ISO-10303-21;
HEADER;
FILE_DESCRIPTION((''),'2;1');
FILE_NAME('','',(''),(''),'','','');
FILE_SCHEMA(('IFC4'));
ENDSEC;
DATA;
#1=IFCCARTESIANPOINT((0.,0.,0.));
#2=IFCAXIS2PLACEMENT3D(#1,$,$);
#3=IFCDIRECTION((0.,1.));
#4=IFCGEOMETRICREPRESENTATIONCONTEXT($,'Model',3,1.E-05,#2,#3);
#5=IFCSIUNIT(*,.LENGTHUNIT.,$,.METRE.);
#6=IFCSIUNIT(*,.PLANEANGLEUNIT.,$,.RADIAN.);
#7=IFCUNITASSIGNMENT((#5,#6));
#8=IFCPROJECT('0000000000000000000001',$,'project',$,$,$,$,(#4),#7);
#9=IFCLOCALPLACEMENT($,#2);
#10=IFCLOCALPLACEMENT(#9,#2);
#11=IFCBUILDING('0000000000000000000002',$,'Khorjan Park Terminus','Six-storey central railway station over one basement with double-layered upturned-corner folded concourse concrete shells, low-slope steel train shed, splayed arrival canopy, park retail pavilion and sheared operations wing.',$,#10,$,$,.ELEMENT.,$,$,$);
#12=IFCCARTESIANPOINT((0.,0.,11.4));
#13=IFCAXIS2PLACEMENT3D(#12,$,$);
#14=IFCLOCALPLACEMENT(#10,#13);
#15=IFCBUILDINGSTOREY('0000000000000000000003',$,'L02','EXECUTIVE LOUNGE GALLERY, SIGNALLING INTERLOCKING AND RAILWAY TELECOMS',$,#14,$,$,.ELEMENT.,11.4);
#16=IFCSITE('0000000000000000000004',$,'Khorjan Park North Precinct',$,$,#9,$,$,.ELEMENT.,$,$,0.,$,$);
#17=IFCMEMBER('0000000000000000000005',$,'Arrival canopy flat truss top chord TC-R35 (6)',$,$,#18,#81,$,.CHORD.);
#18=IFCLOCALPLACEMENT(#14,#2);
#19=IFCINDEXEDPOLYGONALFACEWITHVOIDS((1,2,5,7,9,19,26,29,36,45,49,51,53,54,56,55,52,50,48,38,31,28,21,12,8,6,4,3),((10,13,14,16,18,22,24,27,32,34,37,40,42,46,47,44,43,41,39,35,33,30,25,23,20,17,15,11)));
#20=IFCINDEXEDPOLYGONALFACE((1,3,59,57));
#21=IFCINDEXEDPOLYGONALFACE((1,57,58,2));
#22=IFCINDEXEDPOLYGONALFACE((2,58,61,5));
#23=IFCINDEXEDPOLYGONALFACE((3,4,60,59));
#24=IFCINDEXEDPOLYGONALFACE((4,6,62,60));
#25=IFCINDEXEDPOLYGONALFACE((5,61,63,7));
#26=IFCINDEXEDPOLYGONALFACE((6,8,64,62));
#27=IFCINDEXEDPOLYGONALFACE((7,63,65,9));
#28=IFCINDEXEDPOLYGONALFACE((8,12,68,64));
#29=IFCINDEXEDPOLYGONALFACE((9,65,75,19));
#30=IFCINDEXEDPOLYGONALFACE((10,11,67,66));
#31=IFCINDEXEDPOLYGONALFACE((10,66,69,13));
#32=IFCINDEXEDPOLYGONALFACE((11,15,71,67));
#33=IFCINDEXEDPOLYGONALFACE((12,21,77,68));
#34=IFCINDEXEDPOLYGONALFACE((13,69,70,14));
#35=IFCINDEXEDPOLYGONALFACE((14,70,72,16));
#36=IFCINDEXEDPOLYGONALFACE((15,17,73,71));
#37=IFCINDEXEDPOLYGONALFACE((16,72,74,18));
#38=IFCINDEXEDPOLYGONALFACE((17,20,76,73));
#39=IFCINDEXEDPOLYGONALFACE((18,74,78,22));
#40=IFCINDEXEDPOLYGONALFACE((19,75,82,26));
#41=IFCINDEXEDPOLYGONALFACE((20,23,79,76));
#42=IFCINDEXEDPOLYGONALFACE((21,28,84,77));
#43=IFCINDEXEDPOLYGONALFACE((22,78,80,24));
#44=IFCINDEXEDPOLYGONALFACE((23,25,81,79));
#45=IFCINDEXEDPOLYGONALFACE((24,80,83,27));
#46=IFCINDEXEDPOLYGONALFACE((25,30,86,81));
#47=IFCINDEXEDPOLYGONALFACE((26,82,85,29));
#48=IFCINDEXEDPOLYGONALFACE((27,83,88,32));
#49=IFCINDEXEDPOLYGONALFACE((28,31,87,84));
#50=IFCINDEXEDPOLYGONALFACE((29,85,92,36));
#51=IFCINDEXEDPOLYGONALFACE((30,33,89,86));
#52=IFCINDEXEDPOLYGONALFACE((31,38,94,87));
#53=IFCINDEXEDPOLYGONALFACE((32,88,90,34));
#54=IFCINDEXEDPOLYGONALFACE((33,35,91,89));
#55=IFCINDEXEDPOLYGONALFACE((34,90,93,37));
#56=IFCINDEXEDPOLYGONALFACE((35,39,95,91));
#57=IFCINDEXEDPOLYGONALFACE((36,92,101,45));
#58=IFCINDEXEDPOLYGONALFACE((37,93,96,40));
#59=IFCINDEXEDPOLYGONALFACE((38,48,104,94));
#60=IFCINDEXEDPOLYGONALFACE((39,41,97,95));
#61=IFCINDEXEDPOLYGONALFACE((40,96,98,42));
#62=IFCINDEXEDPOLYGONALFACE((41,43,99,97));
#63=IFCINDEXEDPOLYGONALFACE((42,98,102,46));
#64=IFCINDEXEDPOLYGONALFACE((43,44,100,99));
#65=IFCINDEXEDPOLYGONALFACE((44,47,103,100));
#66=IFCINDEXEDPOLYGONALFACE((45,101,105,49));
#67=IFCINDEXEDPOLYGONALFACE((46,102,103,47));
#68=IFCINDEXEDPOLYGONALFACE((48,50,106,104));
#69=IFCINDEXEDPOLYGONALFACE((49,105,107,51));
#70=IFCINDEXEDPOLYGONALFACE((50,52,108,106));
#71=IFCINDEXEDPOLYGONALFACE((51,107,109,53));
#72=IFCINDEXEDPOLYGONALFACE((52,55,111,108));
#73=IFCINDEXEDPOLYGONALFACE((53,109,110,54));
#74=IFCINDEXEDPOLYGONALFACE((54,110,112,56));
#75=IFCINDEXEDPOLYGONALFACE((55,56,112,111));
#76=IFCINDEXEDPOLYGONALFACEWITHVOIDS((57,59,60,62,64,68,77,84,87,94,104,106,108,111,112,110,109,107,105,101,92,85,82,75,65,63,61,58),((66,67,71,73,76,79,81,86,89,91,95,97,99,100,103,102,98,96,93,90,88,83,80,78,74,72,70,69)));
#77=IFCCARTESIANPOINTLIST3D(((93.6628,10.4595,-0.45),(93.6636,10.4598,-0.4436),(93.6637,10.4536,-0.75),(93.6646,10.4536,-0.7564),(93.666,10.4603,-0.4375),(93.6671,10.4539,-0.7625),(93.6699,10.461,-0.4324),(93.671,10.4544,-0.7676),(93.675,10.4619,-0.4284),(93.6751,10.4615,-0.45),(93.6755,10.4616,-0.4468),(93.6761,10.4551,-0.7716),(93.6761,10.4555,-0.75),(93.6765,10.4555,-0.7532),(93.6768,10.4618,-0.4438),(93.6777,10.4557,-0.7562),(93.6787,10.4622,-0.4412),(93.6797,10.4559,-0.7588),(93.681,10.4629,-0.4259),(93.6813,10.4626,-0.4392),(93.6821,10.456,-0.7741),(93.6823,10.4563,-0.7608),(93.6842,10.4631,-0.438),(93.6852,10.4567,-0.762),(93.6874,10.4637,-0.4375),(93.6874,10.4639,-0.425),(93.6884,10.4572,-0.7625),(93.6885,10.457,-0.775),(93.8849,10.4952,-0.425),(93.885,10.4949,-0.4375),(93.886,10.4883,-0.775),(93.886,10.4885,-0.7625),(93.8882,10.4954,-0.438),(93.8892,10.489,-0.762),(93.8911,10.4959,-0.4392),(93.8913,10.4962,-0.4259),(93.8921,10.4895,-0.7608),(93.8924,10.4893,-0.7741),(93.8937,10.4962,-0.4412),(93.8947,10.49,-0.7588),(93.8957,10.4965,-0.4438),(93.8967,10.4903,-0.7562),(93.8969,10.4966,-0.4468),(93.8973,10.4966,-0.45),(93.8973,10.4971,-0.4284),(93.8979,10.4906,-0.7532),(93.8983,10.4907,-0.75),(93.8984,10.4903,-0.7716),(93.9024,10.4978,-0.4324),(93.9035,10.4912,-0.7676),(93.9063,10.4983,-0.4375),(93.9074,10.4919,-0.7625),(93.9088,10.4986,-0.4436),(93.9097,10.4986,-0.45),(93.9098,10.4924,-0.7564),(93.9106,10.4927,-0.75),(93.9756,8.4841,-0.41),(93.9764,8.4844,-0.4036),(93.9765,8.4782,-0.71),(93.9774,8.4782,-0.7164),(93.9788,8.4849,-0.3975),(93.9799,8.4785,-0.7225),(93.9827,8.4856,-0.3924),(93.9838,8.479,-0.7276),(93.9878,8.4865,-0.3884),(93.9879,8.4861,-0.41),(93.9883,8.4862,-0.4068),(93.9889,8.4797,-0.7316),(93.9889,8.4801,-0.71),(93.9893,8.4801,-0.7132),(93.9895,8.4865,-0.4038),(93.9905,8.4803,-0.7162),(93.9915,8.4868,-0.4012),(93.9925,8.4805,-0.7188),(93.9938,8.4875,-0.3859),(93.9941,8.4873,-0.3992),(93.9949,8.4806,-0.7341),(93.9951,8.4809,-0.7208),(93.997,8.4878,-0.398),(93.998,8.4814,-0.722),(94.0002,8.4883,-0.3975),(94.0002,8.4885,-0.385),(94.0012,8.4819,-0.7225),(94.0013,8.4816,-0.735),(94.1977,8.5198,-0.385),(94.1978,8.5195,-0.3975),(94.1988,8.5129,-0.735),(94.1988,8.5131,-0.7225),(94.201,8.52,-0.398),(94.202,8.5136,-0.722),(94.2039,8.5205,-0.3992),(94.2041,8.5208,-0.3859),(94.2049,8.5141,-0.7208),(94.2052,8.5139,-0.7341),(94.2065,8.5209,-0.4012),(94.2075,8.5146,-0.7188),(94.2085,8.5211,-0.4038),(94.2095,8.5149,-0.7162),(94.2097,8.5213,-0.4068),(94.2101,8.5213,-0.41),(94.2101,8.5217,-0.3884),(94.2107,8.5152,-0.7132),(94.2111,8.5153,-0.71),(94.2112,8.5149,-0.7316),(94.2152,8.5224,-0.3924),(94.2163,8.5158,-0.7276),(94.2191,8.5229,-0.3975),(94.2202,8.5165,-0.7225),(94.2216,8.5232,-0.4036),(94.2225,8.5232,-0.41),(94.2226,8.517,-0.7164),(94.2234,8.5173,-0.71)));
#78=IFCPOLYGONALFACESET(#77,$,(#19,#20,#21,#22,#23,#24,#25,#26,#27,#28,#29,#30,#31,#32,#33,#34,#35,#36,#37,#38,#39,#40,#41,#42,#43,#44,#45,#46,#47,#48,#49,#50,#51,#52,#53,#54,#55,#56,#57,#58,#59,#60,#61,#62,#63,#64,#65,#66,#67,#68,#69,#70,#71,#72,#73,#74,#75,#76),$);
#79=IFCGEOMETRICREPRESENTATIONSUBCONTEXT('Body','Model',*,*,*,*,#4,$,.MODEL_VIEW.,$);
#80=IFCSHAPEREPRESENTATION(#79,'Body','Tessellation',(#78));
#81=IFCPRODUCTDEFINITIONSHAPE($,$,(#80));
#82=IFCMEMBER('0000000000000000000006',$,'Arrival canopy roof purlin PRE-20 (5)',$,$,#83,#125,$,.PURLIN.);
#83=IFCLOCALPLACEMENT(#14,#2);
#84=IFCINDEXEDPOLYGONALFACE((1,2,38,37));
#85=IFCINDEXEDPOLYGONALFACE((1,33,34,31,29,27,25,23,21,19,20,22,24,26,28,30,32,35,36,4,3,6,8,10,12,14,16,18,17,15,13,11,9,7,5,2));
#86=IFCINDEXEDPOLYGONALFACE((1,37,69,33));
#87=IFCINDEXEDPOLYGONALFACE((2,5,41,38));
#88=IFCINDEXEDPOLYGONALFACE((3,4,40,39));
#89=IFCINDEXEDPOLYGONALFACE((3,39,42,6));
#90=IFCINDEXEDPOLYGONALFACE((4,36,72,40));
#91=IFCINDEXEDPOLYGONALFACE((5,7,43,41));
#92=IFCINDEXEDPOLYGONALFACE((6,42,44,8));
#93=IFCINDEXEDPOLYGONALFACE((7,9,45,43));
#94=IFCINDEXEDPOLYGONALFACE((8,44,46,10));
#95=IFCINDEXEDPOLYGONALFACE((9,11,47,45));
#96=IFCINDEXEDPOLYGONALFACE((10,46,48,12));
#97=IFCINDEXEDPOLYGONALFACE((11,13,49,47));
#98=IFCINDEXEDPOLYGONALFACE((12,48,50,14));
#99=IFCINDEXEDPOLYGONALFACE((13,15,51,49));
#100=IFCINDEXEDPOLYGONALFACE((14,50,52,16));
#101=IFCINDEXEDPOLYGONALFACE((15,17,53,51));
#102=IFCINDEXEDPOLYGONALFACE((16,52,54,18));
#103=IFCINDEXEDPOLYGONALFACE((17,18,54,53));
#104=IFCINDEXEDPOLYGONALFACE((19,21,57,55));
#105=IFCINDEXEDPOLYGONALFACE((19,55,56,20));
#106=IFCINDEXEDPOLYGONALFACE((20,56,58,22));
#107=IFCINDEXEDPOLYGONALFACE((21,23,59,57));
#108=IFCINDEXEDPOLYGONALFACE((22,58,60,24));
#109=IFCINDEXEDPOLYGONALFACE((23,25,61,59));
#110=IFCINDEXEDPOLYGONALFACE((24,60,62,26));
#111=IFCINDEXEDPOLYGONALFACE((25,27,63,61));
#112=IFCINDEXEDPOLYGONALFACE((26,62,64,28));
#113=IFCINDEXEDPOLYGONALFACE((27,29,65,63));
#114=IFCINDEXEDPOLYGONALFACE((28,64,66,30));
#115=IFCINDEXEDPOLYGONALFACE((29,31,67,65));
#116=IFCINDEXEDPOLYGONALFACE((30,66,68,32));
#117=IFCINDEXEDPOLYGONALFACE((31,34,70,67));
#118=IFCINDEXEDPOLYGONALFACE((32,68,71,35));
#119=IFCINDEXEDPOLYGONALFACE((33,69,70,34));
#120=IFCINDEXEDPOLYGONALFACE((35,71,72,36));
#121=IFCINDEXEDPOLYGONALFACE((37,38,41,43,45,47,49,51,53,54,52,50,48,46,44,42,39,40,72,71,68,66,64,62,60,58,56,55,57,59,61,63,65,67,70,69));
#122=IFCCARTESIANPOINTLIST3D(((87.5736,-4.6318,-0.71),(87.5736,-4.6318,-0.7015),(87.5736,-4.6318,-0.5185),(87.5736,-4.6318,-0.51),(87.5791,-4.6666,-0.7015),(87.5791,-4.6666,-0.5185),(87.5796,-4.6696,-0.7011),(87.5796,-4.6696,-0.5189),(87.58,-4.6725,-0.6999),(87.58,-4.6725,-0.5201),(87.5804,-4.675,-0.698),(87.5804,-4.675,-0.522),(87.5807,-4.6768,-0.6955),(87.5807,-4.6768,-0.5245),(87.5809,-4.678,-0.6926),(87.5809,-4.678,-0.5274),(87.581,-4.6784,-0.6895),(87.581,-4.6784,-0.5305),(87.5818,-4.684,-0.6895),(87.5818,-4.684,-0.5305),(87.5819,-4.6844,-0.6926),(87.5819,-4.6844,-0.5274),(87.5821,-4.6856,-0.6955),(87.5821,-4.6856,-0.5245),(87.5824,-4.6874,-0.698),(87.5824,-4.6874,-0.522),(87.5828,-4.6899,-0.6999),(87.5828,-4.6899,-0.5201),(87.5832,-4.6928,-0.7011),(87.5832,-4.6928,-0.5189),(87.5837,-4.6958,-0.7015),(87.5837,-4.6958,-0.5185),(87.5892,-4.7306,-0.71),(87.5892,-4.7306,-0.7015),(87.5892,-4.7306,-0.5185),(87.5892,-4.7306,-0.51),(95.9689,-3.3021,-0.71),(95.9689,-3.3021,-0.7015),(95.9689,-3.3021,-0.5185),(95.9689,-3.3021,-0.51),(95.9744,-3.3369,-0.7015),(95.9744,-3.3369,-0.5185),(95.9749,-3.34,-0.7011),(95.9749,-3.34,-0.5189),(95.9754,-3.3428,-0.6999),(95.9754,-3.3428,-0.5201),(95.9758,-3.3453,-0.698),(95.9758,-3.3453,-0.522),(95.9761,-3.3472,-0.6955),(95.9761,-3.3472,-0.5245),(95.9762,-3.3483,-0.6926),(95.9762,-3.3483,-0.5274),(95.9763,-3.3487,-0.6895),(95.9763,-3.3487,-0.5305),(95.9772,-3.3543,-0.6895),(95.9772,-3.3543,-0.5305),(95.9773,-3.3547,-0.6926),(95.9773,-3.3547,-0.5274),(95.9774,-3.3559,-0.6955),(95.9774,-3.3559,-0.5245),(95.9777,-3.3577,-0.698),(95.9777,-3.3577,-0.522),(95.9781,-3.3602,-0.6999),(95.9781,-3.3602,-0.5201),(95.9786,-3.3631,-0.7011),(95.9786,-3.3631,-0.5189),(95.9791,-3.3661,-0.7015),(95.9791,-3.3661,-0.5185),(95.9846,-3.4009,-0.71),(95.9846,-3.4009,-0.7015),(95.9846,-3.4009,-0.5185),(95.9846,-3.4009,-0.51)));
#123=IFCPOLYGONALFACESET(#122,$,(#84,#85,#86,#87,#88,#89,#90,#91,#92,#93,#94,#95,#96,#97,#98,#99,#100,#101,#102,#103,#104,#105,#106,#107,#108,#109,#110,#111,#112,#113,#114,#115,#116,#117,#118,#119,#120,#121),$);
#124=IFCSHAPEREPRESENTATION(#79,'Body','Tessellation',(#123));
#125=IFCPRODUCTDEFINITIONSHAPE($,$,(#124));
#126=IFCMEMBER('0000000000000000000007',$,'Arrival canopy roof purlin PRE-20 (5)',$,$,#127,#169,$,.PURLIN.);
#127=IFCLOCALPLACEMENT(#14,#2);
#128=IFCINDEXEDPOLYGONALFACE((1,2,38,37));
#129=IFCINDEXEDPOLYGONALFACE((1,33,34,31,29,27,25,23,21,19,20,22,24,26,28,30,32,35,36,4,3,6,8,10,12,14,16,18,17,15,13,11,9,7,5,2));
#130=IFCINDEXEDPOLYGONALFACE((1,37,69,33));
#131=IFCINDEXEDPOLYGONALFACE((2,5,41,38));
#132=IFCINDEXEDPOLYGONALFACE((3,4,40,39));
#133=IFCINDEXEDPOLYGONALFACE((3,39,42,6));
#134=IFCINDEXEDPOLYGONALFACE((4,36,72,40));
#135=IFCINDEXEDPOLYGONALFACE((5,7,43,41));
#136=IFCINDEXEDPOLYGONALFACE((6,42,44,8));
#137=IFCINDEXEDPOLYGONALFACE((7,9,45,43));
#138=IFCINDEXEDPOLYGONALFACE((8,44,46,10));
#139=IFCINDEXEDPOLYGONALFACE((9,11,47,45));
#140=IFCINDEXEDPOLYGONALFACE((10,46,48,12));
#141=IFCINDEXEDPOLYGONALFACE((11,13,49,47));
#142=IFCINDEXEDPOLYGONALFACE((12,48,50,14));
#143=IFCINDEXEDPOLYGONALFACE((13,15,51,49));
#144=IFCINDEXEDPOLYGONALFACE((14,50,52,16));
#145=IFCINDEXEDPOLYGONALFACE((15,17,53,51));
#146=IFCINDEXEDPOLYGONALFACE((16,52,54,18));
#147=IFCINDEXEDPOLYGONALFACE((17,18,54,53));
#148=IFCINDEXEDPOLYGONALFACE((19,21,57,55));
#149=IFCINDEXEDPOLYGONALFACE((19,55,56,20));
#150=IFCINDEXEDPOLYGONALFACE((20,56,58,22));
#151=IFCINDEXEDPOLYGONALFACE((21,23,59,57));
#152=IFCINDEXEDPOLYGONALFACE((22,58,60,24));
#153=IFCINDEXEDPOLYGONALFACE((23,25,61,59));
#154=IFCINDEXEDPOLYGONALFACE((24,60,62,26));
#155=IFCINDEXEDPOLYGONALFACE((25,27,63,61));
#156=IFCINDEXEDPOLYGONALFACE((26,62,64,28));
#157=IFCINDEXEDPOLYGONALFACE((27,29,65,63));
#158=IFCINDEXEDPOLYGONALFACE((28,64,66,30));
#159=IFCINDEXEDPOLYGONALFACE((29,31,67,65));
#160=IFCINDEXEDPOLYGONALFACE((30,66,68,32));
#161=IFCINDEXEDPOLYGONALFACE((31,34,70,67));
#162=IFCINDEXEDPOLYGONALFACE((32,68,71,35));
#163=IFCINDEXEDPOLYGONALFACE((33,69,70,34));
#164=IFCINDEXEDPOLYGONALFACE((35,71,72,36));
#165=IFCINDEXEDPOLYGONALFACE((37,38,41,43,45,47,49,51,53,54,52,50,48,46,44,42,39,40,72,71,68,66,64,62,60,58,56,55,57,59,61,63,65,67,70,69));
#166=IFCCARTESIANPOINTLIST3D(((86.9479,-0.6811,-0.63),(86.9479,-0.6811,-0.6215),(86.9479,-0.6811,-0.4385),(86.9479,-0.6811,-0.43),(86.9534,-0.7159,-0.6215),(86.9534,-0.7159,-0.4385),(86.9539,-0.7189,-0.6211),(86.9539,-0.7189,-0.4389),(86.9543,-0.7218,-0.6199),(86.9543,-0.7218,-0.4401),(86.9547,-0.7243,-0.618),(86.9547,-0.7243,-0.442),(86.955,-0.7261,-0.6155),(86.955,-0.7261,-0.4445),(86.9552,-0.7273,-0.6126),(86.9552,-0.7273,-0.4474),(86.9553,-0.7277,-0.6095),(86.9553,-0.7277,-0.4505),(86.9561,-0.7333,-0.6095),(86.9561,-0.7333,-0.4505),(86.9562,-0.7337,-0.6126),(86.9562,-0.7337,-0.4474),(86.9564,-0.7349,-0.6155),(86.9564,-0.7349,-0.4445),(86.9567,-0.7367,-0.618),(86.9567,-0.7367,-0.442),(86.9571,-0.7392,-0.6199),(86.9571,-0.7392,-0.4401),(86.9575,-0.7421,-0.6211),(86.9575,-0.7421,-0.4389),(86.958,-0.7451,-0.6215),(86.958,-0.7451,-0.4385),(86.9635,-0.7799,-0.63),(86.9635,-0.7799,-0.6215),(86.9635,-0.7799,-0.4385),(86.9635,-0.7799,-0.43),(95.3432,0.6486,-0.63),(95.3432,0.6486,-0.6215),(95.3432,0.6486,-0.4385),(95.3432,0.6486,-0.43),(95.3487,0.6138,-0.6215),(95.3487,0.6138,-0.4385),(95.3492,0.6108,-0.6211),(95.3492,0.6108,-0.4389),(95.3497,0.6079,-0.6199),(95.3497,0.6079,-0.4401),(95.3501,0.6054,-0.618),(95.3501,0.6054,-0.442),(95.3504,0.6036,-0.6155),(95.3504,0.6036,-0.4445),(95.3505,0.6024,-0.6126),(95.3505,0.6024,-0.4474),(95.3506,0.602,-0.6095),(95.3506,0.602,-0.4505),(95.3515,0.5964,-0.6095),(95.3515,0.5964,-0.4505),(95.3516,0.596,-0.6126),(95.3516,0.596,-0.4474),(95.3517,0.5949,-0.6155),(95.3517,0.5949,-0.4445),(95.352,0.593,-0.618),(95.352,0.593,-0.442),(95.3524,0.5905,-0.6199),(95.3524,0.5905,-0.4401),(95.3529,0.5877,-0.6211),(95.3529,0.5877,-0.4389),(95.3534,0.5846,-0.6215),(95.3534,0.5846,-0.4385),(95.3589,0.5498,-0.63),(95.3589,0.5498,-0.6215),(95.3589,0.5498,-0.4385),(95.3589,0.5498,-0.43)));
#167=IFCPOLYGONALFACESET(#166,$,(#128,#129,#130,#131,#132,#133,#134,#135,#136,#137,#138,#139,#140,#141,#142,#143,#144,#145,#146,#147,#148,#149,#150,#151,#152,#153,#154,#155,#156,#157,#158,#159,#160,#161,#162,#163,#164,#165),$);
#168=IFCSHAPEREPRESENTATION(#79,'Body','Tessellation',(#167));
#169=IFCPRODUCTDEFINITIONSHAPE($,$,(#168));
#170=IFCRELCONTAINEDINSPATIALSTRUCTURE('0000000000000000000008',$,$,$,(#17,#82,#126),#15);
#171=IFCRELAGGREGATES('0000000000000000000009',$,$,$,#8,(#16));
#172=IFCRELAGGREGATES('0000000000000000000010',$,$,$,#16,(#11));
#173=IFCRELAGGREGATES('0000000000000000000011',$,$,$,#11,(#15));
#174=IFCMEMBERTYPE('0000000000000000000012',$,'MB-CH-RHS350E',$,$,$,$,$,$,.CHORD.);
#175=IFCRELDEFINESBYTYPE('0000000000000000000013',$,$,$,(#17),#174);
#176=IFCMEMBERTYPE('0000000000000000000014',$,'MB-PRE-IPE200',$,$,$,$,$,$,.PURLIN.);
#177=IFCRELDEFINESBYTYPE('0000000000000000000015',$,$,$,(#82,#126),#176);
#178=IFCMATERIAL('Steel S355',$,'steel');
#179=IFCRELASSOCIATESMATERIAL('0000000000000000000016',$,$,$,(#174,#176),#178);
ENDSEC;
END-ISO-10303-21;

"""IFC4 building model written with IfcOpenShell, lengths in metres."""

from ifc_helpers import new_model, si_unit, direction, frame, origin, origin_2d, place, context, subcontext, project, spatial, hollow_rectangle, i_section, extrude, material, material_profile, profile_set, type_object, element, save


model = new_model("IFC4")

# Units and contexts
model_context = context("Model", 3, precision=1e-05, world=origin(), true_north=direction((0.0, 1.0)))
body_context = subcontext(model_context, "Body", "Model", "MODEL_VIEW")
ifc_project = project(units=[si_unit("LENGTHUNIT", "METRE"), si_unit("PLANEANGLEUNIT", "RADIAN")], contexts=[model_context])

# Site, building, storey
site_placement = place(None, origin())
site = spatial("IfcSite", under=ifc_project, at=site_placement, Name="Khorjan Park North Precinct", CompositionType="ELEMENT", RefElevation=0.0)
building_placement = place(site_placement, origin())
building = spatial("IfcBuilding", under=site, at=building_placement, Name="Khorjan Park Terminus", Description="Six-storey central railway station over one basement with double-layered upturned-corner folded concourse concrete shells, low-slope steel train shed, splayed arrival canopy, park retail pavilion and sheared operations wing.", CompositionType="ELEMENT")
storey_placement = place(building_placement, frame((0.0, 0.0, 11.4)))
storey = spatial("IfcBuildingStorey", under=building, at=storey_placement, Name="L02", Description="EXECUTIVE LOUNGE GALLERY, SIGNALLING INTERLOCKING AND RAILWAY TELECOMS", CompositionType="ELEMENT", Elevation=11.4)

# Members
ifc_material = material(Name="Steel S355", Category="steel")
ifc_material_profile_1 = material_profile(ifc_material, hollow_rectangle(XDim=0.25, YDim=0.35, WallThickness=0.0125, InnerFilletRadius=0.0125, OuterFilletRadius=0.025, at=origin_2d()), Name="RHS 350x250x12.5")
ifc_profile_set_1 = profile_set([ifc_material_profile_1], Name="Steel S355")
member_type_1 = type_object("IfcMemberType", Name="MB-CH-RHS350E", PredefinedType="CHORD", material=ifc_profile_set_1)
for number, where, z_axis, x_axis, name in (
    (1, (94.0995, 8.5007, -0.56), (-0.156368, 0.987496, -0.019996), (-0.987694, -0.156399, 0.0), "Arrival canopy flat truss top chord TC-R35 (6)"),
):
    element("IfcMember", number, at=place(storey_placement, frame(where, z_axis=z_axis, x_axis=x_axis)), inside=storey, type_object=member_type_1, Name=name, PredefinedType="CHORD", context=body_context, shape_type="SweptSolid", body=[
        extrude(hollow_rectangle(XDim=0.25, YDim=0.35, WallThickness=0.0125, InnerFilletRadius=0.0125, OuterFilletRadius=0.025, at=origin_2d()), origin(), (0.0, 0.0, 1.0), 2.0004),
    ])
ifc_material_profile_2 = material_profile(ifc_material, i_section(OverallWidth=0.1, OverallDepth=0.2, WebThickness=0.0056, FlangeThickness=0.0085, FilletRadius=0.012, at=origin_2d()), Name="IPE 200")
ifc_profile_set_2 = profile_set([ifc_material_profile_2], Name="Steel S355")
member_type_2 = type_object("IfcMemberType", Name="MB-PRE-IPE200", PredefinedType="PURLIN", material=ifc_profile_set_2)
for number, where, z_axis, x_axis, name in (
    (2, (87.5814, -4.6812, -0.61), (0.987688, 0.156434, 0.0), (-0.156434, 0.987688, 0.0), "Arrival canopy roof purlin PRE-20 (5)"),
    (3, (86.9557, -0.7305, -0.53), (0.987688, 0.156436, 0.0), (-0.156436, 0.987688, 0.0), "Arrival canopy roof purlin PRE-20 (5)"),
):
    element("IfcMember", number, at=place(storey_placement, frame(where, z_axis=z_axis, x_axis=x_axis)), inside=storey, type_object=member_type_2, Name=name, PredefinedType="PURLIN", context=body_context, shape_type="SweptSolid", body=[
        extrude(i_section(OverallWidth=0.1, OverallDepth=0.2, WebThickness=0.0056, FlangeThickness=0.0085, FilletRadius=0.012, at=origin_2d()), origin(), (0.0, 0.0, 1.0), 8.5),
    ])

save(model, "model.ifc")
